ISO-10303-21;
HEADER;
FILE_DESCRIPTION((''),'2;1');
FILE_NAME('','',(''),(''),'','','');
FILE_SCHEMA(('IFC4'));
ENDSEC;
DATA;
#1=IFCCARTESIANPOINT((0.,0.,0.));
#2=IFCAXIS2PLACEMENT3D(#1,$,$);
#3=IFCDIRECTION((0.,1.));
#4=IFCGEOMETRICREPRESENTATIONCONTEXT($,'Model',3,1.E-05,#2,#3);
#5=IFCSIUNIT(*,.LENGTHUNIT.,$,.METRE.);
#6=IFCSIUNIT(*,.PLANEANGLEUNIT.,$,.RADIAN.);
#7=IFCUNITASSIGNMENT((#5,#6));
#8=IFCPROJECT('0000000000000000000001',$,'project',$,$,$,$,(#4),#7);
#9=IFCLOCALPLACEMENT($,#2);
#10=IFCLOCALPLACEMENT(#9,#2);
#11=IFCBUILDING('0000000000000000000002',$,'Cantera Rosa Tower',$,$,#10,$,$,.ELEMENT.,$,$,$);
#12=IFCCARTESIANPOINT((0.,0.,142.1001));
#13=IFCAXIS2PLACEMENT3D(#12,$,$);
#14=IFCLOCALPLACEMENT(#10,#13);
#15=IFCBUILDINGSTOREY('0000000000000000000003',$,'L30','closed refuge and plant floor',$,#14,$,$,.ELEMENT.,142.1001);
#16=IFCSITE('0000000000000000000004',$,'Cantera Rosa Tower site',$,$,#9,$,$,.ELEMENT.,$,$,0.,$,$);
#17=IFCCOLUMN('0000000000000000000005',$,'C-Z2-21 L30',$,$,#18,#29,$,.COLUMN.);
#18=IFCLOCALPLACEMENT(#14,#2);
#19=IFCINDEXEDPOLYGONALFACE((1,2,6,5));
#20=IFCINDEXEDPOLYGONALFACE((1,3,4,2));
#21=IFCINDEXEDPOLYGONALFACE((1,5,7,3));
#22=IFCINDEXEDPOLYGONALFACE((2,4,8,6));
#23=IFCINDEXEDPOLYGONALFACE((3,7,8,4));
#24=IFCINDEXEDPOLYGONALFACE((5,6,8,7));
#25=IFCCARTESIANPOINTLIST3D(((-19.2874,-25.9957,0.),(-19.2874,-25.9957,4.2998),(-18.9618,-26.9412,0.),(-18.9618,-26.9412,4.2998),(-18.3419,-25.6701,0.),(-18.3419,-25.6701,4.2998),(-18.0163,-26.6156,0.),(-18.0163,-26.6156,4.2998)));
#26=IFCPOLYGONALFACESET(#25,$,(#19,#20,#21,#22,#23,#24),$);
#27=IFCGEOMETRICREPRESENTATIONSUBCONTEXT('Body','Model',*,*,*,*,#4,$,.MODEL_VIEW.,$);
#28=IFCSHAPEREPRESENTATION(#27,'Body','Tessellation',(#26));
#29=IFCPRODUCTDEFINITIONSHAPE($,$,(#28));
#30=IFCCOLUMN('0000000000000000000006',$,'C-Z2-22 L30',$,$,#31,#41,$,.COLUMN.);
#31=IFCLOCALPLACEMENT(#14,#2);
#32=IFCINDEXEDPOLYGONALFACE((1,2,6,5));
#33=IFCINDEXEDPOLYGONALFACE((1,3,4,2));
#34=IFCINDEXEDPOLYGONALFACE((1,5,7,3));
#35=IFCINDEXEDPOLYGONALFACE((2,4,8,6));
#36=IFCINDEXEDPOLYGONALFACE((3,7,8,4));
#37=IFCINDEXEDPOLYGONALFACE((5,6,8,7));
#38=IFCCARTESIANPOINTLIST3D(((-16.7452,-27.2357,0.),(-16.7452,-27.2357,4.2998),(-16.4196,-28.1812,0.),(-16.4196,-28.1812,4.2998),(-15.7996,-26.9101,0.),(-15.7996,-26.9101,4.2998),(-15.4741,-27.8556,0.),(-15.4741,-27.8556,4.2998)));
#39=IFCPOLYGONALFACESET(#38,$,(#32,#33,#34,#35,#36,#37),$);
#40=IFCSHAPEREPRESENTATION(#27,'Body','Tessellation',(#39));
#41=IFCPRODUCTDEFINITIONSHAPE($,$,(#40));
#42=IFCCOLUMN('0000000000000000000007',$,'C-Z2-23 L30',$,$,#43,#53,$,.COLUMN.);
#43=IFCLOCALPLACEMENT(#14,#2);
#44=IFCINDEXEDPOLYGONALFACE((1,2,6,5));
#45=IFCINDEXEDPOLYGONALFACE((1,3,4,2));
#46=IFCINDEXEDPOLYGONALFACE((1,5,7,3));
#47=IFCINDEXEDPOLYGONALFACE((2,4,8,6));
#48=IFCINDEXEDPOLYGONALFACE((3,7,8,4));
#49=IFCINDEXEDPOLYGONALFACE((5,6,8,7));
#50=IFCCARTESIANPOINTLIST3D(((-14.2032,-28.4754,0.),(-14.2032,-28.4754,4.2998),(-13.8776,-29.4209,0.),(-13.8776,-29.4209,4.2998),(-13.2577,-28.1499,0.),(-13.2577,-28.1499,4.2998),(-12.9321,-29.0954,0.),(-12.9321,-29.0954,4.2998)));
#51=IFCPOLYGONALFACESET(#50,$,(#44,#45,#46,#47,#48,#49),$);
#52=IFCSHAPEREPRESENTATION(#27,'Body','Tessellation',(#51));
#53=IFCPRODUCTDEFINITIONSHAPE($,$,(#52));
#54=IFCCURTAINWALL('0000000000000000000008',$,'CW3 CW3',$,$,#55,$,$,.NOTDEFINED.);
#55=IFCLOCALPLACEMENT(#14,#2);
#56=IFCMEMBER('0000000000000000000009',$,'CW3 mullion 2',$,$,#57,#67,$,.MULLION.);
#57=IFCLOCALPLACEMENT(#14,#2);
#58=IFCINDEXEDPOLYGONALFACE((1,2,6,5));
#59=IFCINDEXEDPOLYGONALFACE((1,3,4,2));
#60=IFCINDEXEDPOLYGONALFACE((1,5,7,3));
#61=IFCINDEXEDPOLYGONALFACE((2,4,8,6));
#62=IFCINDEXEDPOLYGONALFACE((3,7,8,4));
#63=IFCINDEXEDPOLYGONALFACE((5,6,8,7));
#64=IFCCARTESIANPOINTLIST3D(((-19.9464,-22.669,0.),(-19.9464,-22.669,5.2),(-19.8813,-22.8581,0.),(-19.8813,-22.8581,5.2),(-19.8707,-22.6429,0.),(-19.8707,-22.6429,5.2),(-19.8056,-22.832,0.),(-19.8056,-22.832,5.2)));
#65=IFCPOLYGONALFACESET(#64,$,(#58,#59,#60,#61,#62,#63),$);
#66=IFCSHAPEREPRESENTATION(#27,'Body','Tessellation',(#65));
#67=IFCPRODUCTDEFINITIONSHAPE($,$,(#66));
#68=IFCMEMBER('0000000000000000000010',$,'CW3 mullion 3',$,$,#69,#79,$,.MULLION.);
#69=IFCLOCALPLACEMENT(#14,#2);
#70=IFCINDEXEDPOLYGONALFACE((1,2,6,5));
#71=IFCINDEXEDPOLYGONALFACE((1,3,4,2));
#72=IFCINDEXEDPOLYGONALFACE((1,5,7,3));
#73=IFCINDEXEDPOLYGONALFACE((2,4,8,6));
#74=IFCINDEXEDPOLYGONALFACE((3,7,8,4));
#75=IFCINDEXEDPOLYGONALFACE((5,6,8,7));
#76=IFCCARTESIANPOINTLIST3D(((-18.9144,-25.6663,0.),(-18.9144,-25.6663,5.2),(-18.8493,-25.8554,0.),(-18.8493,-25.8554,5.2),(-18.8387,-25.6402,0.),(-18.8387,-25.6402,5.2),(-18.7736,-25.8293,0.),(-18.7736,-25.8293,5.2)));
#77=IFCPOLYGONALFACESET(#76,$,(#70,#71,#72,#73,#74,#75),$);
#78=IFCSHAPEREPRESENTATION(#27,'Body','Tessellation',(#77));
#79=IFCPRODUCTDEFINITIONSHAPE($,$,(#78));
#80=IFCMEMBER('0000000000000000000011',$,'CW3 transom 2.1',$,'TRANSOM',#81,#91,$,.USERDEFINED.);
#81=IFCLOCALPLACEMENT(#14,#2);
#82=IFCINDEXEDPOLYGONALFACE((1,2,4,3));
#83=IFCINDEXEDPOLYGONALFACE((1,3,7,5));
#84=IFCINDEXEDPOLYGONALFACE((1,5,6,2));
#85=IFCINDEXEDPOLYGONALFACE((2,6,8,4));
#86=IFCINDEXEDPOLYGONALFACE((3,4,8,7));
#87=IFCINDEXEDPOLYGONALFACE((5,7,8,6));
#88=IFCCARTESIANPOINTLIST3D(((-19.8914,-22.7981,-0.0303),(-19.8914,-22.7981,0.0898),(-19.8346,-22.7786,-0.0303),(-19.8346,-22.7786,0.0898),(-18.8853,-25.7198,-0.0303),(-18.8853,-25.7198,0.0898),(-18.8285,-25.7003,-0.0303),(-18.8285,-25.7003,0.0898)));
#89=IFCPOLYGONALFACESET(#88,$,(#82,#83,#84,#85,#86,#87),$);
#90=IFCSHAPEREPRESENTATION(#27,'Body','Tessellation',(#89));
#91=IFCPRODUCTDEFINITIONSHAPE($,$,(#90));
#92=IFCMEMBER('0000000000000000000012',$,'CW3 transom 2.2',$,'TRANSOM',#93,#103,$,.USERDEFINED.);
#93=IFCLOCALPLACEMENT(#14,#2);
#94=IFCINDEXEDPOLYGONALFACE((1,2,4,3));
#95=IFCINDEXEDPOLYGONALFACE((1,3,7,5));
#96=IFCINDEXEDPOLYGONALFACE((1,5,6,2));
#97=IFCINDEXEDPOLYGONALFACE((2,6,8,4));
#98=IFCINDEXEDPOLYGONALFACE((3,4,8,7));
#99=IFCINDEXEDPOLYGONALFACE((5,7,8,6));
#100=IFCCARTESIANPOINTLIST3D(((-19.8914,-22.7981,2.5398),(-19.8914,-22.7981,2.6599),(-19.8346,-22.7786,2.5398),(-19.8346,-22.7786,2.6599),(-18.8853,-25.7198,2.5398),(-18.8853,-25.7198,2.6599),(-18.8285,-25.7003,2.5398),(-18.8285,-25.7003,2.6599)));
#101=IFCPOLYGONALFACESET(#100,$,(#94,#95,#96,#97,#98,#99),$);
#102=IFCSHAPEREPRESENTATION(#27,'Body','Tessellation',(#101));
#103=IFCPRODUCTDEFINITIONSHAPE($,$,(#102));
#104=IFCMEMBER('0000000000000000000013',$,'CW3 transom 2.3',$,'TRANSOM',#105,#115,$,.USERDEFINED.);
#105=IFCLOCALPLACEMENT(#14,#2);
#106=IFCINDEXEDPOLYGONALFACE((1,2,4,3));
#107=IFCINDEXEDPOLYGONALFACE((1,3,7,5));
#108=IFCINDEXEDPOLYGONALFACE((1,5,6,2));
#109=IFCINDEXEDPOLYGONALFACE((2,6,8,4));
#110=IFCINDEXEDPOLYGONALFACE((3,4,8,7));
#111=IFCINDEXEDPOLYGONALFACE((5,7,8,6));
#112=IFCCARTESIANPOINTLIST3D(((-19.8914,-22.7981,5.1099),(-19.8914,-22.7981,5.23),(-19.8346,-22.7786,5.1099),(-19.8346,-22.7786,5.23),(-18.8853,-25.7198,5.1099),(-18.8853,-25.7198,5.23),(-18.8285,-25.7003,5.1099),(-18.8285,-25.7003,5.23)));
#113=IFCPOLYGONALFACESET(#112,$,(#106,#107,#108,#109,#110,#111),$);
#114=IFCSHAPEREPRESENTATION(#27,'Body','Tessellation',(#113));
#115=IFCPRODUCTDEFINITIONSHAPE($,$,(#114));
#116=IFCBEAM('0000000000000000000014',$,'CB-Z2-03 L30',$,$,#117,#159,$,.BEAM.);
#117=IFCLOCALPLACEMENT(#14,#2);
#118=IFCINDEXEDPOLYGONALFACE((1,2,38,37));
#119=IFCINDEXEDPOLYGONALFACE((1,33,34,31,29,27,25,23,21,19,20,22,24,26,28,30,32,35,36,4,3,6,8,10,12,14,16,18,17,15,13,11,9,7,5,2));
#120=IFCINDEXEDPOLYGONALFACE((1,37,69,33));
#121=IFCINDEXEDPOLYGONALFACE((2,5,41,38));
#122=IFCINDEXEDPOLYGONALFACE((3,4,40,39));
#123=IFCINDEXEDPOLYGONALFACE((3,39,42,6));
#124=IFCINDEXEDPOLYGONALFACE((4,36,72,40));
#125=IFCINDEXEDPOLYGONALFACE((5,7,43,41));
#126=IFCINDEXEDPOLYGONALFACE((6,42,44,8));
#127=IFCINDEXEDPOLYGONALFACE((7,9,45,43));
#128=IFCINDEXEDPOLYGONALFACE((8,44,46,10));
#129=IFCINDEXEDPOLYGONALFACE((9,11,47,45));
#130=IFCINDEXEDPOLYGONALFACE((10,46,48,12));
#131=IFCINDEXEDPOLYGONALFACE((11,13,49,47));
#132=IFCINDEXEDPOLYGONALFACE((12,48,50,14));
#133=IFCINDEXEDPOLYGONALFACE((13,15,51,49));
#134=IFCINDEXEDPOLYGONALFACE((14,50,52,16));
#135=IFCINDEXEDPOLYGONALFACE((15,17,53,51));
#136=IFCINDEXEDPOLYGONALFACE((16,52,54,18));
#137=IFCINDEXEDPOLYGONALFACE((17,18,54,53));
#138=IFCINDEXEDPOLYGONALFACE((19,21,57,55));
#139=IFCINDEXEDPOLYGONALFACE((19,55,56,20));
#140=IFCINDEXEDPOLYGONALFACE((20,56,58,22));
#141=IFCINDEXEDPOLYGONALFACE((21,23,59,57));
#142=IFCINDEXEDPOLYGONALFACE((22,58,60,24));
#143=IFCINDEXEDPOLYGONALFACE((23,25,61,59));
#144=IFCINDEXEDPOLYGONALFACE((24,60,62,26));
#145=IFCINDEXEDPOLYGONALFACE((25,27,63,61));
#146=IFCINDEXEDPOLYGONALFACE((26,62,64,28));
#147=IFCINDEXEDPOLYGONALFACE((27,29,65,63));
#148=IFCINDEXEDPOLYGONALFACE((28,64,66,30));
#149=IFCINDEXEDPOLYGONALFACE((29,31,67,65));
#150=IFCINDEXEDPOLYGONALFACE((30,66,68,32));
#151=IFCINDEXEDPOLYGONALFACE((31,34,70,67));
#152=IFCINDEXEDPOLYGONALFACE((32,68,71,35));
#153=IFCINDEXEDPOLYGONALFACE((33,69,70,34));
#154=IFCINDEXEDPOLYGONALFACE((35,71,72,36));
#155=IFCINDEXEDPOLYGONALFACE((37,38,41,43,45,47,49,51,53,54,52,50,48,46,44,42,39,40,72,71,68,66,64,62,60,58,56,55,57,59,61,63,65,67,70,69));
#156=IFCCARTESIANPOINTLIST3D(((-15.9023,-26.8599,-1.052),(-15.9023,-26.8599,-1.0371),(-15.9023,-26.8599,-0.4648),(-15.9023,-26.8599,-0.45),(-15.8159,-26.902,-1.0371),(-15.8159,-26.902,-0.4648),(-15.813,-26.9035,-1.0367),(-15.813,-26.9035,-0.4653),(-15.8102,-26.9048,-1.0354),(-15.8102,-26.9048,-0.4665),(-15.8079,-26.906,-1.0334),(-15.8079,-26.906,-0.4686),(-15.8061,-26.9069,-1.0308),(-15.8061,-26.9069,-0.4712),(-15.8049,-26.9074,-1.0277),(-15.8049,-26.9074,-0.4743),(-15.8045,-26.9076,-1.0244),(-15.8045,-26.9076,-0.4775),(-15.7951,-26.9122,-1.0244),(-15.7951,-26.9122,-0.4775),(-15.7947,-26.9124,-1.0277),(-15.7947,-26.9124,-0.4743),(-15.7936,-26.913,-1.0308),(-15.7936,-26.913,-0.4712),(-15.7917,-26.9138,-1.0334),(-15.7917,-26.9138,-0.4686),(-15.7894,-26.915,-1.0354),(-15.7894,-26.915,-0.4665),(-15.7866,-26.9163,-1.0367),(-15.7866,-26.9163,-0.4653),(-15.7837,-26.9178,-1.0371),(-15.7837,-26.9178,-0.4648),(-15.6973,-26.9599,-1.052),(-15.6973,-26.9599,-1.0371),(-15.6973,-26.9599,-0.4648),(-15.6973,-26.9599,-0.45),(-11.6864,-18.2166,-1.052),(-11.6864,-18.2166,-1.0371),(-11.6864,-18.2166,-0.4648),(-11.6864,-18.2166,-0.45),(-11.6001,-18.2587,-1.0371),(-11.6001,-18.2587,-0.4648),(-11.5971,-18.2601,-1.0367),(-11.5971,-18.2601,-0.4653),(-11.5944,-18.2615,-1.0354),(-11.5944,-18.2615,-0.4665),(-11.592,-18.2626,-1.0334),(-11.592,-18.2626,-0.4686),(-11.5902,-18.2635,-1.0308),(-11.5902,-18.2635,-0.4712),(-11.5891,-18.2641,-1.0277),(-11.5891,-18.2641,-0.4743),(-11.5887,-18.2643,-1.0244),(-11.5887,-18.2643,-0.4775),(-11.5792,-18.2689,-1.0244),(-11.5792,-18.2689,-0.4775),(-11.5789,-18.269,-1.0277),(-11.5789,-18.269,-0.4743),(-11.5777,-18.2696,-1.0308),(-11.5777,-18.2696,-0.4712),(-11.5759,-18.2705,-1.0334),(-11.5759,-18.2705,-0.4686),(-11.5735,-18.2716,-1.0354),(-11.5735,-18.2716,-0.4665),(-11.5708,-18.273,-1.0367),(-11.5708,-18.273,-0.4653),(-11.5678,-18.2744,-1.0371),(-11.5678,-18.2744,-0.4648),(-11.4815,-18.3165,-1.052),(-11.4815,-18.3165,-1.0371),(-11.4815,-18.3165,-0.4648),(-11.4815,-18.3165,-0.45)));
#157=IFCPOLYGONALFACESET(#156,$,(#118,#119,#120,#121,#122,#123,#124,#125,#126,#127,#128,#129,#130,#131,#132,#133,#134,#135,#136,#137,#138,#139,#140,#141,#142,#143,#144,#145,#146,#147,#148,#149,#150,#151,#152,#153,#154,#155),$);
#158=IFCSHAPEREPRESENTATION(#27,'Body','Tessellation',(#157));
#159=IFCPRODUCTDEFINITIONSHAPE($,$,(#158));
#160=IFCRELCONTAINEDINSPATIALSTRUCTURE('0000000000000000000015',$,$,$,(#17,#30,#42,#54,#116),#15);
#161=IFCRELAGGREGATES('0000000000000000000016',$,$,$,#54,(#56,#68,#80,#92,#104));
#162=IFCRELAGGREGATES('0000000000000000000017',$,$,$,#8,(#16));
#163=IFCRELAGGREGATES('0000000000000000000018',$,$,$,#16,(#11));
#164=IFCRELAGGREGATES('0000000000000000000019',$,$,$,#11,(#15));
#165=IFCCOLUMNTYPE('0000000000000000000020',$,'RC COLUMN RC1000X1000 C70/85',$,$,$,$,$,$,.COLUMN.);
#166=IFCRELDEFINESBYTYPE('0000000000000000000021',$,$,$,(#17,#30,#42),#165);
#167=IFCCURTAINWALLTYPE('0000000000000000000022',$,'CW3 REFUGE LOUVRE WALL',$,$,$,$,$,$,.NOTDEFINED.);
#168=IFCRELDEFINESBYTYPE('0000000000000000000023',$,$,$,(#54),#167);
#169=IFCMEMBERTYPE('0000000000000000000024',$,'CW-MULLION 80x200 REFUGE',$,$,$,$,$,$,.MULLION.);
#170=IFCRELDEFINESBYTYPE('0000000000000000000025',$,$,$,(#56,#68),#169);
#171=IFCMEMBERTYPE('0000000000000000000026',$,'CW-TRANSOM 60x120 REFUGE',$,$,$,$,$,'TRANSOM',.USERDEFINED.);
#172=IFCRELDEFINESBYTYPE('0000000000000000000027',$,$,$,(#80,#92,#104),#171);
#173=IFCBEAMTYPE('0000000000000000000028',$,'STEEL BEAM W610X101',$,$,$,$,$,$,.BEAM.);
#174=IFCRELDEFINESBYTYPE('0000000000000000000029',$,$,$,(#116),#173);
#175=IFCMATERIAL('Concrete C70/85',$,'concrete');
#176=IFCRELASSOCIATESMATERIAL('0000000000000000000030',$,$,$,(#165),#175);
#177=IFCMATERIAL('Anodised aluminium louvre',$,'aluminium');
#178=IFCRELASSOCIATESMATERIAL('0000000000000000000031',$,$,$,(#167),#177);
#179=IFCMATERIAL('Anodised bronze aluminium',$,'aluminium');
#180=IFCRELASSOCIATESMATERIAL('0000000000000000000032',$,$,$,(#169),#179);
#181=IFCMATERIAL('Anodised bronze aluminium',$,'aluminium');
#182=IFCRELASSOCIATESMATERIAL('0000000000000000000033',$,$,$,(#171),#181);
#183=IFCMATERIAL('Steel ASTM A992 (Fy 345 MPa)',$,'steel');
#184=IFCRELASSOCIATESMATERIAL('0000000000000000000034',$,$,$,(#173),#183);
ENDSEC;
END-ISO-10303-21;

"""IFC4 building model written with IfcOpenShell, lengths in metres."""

from ifc_helpers import new_model, si_unit, direction, frame, origin, origin_2d, place, context, subcontext, project, spatial, rectangle, i_section, extrude, material, material_profile, profile_set, type_object, element, aggregate, save


model = new_model("IFC4")

# Units and contexts
model_context = context("Model", 3, precision=1e-05, world=origin(), true_north=direction((0.0, 1.0)))
body_context = subcontext(model_context, "Body", "Model", "MODEL_VIEW")
ifc_project = project(units=[si_unit("LENGTHUNIT", "METRE"), si_unit("PLANEANGLEUNIT", "RADIAN")], contexts=[model_context])

# Site, building, storey
site_placement = place(None, origin())
site = spatial("IfcSite", under=ifc_project, at=site_placement, Name="Cantera Rosa Tower site", CompositionType="ELEMENT", RefElevation=0.0)
building_placement = place(site_placement, origin())
building = spatial("IfcBuilding", under=site, at=building_placement, Name="Cantera Rosa Tower", CompositionType="ELEMENT")
storey_placement = place(building_placement, frame((0.0, 0.0, 142.1001)))
storey = spatial("IfcBuildingStorey", under=building, at=storey_placement, Name="L30", Description="closed refuge and plant floor", CompositionType="ELEMENT", Elevation=142.1001)

# Columns
ifc_material_1 = material(Name="Concrete C70/85", Category="concrete")
ifc_material_profile_1 = material_profile(ifc_material_1, rectangle(XDim=1.0, YDim=1.0, at=origin_2d()), Name="RC COLUMN RC1000X1000 C70/85")
ifc_profile_set_1 = profile_set([ifc_material_profile_1], Name="Concrete C70/85")
column_type = type_object("IfcColumnType", Name="RC COLUMN RC1000X1000 C70/85", PredefinedType="COLUMN", material=ifc_profile_set_1)
for number, where, z_axis, x_axis, name in (
    (1, (-18.6519, -26.3057, 0.0), (0.0, 0.0, 1.0), (0.945519, 0.325568, 0.0), "C-Z2-21 L30"),
    (2, (-16.1096, -27.5457, 0.0), (0.0, 0.0, 1.0), (0.945519, 0.325568, 0.0), "C-Z2-22 L30"),
    (3, (-13.5676, -28.7854, 0.0), (0.0, 0.0, 1.0), (0.945519, 0.325568, 0.0), "C-Z2-23 L30"),
):
    element("IfcColumn", number, at=place(storey_placement, frame(where, z_axis=z_axis, x_axis=x_axis)), inside=storey, type_object=column_type, Name=name, PredefinedType="COLUMN", context=body_context, shape_type="SweptSolid", body=[
        extrude(rectangle(XDim=1.0, YDim=1.0, at=origin_2d()), origin(), (0.0, 0.0, 1.0), 4.2998),
    ])

# Curtain wall, members
ifc_material_2 = material(Name="Anodised aluminium louvre", Category="aluminium")
curtain_wall_type = type_object("IfcCurtainWallType", Name="CW3 REFUGE LOUVRE WALL", PredefinedType="NOTDEFINED", material=ifc_material_2)
curtain_wall_placement = place(storey_placement, origin())
curtain_wall = element("IfcCurtainWall", 4, at=curtain_wall_placement, inside=storey, type_object=curtain_wall_type, Name="CW3 CW3", PredefinedType="NOTDEFINED")
ifc_material_3 = material(Name="Anodised bronze aluminium", Category="aluminium")
ifc_material_profile_2 = material_profile(ifc_material_3, rectangle(XDim=0.0801, YDim=0.2, at=origin_2d()), Name="CW-MULLION 80x200 REFUGE")
ifc_profile_set_2 = profile_set([ifc_material_profile_2], Name="Anodised bronze aluminium")
member_type_1 = type_object("IfcMemberType", Name="CW-MULLION 80x200 REFUGE", PredefinedType="MULLION", material=ifc_profile_set_2)
member_1_placement = place(storey_placement, frame((-19.876, -22.7505, 0.0), z_axis=(0.0, 0.0, 1.0), x_axis=(0.945519, 0.325568, 0.0)))
member_1 = element("IfcMember", 5, at=member_1_placement, type_object=member_type_1, Name="CW3 mullion 2", PredefinedType="MULLION", context=body_context, shape_type="SweptSolid", body=[
    extrude(rectangle(XDim=0.0801, YDim=0.2, at=origin_2d()), origin(), (0.0, 0.0, 1.0), 5.2),
])
member_2_placement = place(storey_placement, frame((-18.844, -25.7478, 0.0), z_axis=(0.0, 0.0, 1.0), x_axis=(0.945519, 0.325568, 0.0)))
member_2 = element("IfcMember", 6, at=member_2_placement, type_object=member_type_1, Name="CW3 mullion 3", PredefinedType="MULLION", context=body_context, shape_type="SweptSolid", body=[
    extrude(rectangle(XDim=0.0801, YDim=0.2, at=origin_2d()), origin(), (0.0, 0.0, 1.0), 5.2),
])
ifc_material_4 = material(Name="Anodised bronze aluminium", Category="aluminium")
ifc_material_profile_3 = material_profile(ifc_material_4, rectangle(XDim=0.0601, YDim=0.1201, at=origin_2d()), Name="CW-TRANSOM 60x120 REFUGE")
ifc_profile_set_3 = profile_set([ifc_material_profile_3], Name="Anodised bronze aluminium")
member_type_2 = type_object("IfcMemberType", Name="CW-TRANSOM 60x120 REFUGE", ElementType="TRANSOM", PredefinedType="USERDEFINED", material=ifc_profile_set_3)
member_3_placement = place(storey_placement, frame((-19.863, -22.7883, 0.0298), z_axis=(0.325599, -0.945508, 0.0), x_axis=(0.945508, 0.325599, 0.0)))
member_3 = element("IfcMember", 7, at=member_3_placement, type_object=member_type_2, Name="CW3 transom 2.1", ObjectType="TRANSOM", PredefinedType="USERDEFINED", context=body_context, shape_type="SweptSolid", body=[
    extrude(rectangle(XDim=0.0601, YDim=0.1201, at=origin_2d()), origin(), (0.0, 0.0, 1.0), 3.0901),
])
member_4_placement = place(storey_placement, frame((-19.863, -22.7883, 2.5999), z_axis=(0.325599, -0.945508, 0.0), x_axis=(0.945508, 0.325599, 0.0)))
member_4 = element("IfcMember", 8, at=member_4_placement, type_object=member_type_2, Name="CW3 transom 2.2", ObjectType="TRANSOM", PredefinedType="USERDEFINED", context=body_context, shape_type="SweptSolid", body=[
    extrude(rectangle(XDim=0.0601, YDim=0.1201, at=origin_2d()), origin(), (0.0, 0.0, 1.0), 3.0901),
])
member_5_placement = place(storey_placement, frame((-19.863, -22.7883, 5.1699), z_axis=(0.325599, -0.945508, 0.0), x_axis=(0.945508, 0.325599, 0.0)))
member_5 = element("IfcMember", 9, at=member_5_placement, type_object=member_type_2, Name="CW3 transom 2.3", ObjectType="TRANSOM", PredefinedType="USERDEFINED", context=body_context, shape_type="SweptSolid", body=[
    extrude(rectangle(XDim=0.0601, YDim=0.1201, at=origin_2d()), origin(), (0.0, 0.0, 1.0), 3.0901),
])

# Beam
ifc_material_5 = material(Name="Steel ASTM A992 (Fy 345 MPa)", Category="steel")
ifc_material_profile_4 = material_profile(ifc_material_5, i_section(OverallWidth=0.228, OverallDepth=0.6021, WebThickness=0.0105, FlangeThickness=0.0149, FilletRadius=0.0127, at=origin_2d()), Name="W610X101")
ifc_profile_set_4 = profile_set([ifc_material_profile_4], Name="Steel ASTM A992 (Fy 345 MPa)")
beam_type_1 = type_object("IfcBeamType", Name="STEEL BEAM W610X101", PredefinedType="BEAM", material=ifc_profile_set_4)
beam_placement = place(storey_placement, frame((-15.7998, -26.9099, -0.751), z_axis=(0.438388, 0.898786, 0.0), x_axis=(-0.898786, 0.438388, 0.0)))
element("IfcBeam", 10, at=beam_placement, inside=storey, type_object=beam_type_1, Name="CB-Z2-03 L30", PredefinedType="BEAM", context=body_context, shape_type="SweptSolid", body=[
    extrude(i_section(OverallWidth=0.228, OverallDepth=0.6021, WebThickness=0.0105, FlangeThickness=0.0149, FilletRadius=0.0127, at=origin_2d()), origin(), (0.0, 0.0, 1.0), 9.6167),
])

aggregate(curtain_wall, [member_1, member_2, member_3, member_4, member_5])

save(model, "model.ifc")
